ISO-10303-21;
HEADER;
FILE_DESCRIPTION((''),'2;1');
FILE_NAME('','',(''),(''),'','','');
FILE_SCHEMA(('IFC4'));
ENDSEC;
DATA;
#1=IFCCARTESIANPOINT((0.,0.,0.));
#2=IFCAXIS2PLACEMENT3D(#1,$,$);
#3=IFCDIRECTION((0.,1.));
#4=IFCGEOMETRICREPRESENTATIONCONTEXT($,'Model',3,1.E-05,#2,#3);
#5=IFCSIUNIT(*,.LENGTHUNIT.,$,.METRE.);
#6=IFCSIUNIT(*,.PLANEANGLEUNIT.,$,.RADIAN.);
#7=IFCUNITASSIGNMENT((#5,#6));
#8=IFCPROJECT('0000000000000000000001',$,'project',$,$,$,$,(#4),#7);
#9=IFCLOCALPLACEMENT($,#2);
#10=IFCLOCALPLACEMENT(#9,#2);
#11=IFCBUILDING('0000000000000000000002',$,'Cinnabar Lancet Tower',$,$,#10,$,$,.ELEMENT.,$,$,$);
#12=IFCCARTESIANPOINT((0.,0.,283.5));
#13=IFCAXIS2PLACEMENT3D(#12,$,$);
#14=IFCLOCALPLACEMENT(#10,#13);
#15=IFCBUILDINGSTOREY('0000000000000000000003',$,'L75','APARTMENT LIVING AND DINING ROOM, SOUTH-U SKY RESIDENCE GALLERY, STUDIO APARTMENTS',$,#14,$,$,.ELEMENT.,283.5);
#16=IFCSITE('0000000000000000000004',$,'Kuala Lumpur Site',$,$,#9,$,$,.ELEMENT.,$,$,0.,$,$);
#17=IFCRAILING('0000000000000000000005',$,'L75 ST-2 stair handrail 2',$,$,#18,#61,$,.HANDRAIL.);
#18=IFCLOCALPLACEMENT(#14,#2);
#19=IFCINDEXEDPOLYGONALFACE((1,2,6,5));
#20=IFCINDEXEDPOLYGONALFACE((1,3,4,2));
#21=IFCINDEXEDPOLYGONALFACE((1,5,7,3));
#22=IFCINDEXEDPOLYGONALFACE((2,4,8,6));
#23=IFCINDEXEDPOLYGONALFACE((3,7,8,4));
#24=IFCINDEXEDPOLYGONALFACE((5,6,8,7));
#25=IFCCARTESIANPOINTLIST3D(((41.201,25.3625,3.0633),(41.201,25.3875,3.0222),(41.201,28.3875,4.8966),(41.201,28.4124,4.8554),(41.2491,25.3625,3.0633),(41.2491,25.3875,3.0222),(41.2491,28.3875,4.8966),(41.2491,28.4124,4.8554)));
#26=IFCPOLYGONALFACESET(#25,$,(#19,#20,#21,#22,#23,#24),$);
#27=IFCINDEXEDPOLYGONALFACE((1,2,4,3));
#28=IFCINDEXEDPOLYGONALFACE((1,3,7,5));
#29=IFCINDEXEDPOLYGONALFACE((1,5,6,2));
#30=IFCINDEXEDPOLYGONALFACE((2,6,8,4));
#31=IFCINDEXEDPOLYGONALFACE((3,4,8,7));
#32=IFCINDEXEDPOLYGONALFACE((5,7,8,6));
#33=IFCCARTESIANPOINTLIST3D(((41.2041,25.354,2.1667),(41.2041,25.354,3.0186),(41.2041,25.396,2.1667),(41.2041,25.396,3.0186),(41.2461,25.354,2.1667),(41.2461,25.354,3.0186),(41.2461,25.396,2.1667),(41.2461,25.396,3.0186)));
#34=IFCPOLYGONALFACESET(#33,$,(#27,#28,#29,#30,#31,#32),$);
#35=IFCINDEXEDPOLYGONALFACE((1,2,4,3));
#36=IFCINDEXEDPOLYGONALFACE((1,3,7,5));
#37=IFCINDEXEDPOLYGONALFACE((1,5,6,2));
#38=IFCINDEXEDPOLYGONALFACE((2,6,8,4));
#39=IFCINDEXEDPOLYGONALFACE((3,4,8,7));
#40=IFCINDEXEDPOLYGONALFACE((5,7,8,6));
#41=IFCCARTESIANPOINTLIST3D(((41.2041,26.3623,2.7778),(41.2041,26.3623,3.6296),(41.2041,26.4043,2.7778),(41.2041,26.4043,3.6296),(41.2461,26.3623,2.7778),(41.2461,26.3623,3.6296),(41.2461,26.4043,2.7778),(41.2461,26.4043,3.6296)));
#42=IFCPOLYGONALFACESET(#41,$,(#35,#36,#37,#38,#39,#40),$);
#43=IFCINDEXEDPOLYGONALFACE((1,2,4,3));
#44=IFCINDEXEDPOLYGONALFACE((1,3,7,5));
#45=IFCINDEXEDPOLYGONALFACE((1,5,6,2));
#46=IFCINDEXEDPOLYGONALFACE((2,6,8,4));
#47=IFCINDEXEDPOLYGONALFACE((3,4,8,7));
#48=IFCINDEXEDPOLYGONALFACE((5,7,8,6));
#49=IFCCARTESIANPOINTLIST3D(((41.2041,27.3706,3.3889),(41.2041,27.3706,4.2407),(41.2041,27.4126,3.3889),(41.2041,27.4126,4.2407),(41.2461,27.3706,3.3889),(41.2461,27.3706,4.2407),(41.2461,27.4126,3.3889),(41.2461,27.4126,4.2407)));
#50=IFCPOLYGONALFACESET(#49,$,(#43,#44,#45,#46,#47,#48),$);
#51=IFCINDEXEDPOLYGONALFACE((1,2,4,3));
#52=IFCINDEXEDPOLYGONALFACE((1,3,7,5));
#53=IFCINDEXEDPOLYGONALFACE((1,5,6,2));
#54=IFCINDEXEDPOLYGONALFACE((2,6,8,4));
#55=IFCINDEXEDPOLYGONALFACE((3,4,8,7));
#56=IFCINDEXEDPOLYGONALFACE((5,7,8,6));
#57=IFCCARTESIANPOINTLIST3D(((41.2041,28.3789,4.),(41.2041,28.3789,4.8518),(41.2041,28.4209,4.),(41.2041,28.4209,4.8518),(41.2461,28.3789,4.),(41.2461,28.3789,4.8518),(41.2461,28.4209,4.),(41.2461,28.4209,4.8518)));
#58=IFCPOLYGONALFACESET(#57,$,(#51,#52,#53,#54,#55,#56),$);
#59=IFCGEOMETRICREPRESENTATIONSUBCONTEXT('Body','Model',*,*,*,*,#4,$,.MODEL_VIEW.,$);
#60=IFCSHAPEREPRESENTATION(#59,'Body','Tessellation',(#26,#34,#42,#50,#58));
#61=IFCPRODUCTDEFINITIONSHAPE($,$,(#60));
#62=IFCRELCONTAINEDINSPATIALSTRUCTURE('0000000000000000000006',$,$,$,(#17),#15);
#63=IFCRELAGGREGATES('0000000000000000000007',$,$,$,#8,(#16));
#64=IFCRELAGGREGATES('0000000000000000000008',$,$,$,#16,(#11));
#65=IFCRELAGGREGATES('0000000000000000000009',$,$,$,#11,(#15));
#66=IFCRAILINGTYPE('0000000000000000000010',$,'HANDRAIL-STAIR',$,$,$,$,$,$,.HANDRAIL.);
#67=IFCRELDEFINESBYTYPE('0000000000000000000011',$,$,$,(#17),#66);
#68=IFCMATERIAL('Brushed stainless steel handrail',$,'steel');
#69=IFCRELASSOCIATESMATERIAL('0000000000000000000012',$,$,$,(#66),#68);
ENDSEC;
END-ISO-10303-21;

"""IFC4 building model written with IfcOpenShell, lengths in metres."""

from ifc_helpers import new_model, si_unit, direction, frame, origin, origin_2d, place, context, subcontext, project, spatial, rectangle, extrude, material, type_object, element, save


model = new_model("IFC4")

# Units and contexts
model_context = context("Model", 3, precision=1e-05, world=origin(), true_north=direction((0.0, 1.0)))
body_context = subcontext(model_context, "Body", "Model", "MODEL_VIEW")
ifc_project = project(units=[si_unit("LENGTHUNIT", "METRE"), si_unit("PLANEANGLEUNIT", "RADIAN")], contexts=[model_context])

# Site, building, storey
site_placement = place(None, origin())
site = spatial("IfcSite", under=ifc_project, at=site_placement, Name="Kuala Lumpur Site", CompositionType="ELEMENT", RefElevation=0.0)
building_placement = place(site_placement, origin())
building = spatial("IfcBuilding", under=site, at=building_placement, Name="Cinnabar Lancet Tower", CompositionType="ELEMENT")
storey_placement = place(building_placement, frame((0.0, 0.0, 283.5)))
storey = spatial("IfcBuildingStorey", under=building, at=storey_placement, Name="L75", Description="APARTMENT LIVING AND DINING ROOM, SOUTH-U SKY RESIDENCE GALLERY, STUDIO APARTMENTS", CompositionType="ELEMENT", Elevation=283.5)

# Railing
ifc_material_1 = material(Name="Brushed stainless steel handrail", Category="steel")
railing_type_1 = type_object("IfcRailingType", Name="HANDRAIL-STAIR", PredefinedType="HANDRAIL", material=ifc_material_1)
railing_1_placement = place(storey_placement, frame((41.2251, 25.375, 2.1667)))
element("IfcRailing", 1, at=railing_1_placement, inside=storey, type_object=railing_type_1, Name="L75 ST-2 stair handrail 2", PredefinedType="HANDRAIL", context=body_context, shape_type="SweptSolid", body=[
    extrude(rectangle(XDim=0.0481, YDim=0.0481, at=origin_2d()), frame((0.0, 0.0, 0.876), z_axis=(0.0, 0.855201, 0.518297), x_axis=(-1.0, 0.0, 0.0)), (0.0, 0.0, 1.0), 3.5371),
    extrude(rectangle(XDim=0.042, YDim=0.042, at=origin_2d()), origin(), (0.0, 0.0, 1.0), 0.8518),
    extrude(rectangle(XDim=0.042, YDim=0.042, at=origin_2d()), frame((0.0, 1.0083, 0.6111)), (0.0, 0.0, 1.0), 0.8518),
    extrude(rectangle(XDim=0.042, YDim=0.042, at=origin_2d()), frame((0.0, 2.0166, 1.2222)), (0.0, 0.0, 1.0), 0.8518),
    extrude(rectangle(XDim=0.042, YDim=0.042, at=origin_2d()), frame((0.0, 3.0249, 1.8333)), (0.0, 0.0, 1.0), 0.8518),
])

save(model, "model.ifc")
